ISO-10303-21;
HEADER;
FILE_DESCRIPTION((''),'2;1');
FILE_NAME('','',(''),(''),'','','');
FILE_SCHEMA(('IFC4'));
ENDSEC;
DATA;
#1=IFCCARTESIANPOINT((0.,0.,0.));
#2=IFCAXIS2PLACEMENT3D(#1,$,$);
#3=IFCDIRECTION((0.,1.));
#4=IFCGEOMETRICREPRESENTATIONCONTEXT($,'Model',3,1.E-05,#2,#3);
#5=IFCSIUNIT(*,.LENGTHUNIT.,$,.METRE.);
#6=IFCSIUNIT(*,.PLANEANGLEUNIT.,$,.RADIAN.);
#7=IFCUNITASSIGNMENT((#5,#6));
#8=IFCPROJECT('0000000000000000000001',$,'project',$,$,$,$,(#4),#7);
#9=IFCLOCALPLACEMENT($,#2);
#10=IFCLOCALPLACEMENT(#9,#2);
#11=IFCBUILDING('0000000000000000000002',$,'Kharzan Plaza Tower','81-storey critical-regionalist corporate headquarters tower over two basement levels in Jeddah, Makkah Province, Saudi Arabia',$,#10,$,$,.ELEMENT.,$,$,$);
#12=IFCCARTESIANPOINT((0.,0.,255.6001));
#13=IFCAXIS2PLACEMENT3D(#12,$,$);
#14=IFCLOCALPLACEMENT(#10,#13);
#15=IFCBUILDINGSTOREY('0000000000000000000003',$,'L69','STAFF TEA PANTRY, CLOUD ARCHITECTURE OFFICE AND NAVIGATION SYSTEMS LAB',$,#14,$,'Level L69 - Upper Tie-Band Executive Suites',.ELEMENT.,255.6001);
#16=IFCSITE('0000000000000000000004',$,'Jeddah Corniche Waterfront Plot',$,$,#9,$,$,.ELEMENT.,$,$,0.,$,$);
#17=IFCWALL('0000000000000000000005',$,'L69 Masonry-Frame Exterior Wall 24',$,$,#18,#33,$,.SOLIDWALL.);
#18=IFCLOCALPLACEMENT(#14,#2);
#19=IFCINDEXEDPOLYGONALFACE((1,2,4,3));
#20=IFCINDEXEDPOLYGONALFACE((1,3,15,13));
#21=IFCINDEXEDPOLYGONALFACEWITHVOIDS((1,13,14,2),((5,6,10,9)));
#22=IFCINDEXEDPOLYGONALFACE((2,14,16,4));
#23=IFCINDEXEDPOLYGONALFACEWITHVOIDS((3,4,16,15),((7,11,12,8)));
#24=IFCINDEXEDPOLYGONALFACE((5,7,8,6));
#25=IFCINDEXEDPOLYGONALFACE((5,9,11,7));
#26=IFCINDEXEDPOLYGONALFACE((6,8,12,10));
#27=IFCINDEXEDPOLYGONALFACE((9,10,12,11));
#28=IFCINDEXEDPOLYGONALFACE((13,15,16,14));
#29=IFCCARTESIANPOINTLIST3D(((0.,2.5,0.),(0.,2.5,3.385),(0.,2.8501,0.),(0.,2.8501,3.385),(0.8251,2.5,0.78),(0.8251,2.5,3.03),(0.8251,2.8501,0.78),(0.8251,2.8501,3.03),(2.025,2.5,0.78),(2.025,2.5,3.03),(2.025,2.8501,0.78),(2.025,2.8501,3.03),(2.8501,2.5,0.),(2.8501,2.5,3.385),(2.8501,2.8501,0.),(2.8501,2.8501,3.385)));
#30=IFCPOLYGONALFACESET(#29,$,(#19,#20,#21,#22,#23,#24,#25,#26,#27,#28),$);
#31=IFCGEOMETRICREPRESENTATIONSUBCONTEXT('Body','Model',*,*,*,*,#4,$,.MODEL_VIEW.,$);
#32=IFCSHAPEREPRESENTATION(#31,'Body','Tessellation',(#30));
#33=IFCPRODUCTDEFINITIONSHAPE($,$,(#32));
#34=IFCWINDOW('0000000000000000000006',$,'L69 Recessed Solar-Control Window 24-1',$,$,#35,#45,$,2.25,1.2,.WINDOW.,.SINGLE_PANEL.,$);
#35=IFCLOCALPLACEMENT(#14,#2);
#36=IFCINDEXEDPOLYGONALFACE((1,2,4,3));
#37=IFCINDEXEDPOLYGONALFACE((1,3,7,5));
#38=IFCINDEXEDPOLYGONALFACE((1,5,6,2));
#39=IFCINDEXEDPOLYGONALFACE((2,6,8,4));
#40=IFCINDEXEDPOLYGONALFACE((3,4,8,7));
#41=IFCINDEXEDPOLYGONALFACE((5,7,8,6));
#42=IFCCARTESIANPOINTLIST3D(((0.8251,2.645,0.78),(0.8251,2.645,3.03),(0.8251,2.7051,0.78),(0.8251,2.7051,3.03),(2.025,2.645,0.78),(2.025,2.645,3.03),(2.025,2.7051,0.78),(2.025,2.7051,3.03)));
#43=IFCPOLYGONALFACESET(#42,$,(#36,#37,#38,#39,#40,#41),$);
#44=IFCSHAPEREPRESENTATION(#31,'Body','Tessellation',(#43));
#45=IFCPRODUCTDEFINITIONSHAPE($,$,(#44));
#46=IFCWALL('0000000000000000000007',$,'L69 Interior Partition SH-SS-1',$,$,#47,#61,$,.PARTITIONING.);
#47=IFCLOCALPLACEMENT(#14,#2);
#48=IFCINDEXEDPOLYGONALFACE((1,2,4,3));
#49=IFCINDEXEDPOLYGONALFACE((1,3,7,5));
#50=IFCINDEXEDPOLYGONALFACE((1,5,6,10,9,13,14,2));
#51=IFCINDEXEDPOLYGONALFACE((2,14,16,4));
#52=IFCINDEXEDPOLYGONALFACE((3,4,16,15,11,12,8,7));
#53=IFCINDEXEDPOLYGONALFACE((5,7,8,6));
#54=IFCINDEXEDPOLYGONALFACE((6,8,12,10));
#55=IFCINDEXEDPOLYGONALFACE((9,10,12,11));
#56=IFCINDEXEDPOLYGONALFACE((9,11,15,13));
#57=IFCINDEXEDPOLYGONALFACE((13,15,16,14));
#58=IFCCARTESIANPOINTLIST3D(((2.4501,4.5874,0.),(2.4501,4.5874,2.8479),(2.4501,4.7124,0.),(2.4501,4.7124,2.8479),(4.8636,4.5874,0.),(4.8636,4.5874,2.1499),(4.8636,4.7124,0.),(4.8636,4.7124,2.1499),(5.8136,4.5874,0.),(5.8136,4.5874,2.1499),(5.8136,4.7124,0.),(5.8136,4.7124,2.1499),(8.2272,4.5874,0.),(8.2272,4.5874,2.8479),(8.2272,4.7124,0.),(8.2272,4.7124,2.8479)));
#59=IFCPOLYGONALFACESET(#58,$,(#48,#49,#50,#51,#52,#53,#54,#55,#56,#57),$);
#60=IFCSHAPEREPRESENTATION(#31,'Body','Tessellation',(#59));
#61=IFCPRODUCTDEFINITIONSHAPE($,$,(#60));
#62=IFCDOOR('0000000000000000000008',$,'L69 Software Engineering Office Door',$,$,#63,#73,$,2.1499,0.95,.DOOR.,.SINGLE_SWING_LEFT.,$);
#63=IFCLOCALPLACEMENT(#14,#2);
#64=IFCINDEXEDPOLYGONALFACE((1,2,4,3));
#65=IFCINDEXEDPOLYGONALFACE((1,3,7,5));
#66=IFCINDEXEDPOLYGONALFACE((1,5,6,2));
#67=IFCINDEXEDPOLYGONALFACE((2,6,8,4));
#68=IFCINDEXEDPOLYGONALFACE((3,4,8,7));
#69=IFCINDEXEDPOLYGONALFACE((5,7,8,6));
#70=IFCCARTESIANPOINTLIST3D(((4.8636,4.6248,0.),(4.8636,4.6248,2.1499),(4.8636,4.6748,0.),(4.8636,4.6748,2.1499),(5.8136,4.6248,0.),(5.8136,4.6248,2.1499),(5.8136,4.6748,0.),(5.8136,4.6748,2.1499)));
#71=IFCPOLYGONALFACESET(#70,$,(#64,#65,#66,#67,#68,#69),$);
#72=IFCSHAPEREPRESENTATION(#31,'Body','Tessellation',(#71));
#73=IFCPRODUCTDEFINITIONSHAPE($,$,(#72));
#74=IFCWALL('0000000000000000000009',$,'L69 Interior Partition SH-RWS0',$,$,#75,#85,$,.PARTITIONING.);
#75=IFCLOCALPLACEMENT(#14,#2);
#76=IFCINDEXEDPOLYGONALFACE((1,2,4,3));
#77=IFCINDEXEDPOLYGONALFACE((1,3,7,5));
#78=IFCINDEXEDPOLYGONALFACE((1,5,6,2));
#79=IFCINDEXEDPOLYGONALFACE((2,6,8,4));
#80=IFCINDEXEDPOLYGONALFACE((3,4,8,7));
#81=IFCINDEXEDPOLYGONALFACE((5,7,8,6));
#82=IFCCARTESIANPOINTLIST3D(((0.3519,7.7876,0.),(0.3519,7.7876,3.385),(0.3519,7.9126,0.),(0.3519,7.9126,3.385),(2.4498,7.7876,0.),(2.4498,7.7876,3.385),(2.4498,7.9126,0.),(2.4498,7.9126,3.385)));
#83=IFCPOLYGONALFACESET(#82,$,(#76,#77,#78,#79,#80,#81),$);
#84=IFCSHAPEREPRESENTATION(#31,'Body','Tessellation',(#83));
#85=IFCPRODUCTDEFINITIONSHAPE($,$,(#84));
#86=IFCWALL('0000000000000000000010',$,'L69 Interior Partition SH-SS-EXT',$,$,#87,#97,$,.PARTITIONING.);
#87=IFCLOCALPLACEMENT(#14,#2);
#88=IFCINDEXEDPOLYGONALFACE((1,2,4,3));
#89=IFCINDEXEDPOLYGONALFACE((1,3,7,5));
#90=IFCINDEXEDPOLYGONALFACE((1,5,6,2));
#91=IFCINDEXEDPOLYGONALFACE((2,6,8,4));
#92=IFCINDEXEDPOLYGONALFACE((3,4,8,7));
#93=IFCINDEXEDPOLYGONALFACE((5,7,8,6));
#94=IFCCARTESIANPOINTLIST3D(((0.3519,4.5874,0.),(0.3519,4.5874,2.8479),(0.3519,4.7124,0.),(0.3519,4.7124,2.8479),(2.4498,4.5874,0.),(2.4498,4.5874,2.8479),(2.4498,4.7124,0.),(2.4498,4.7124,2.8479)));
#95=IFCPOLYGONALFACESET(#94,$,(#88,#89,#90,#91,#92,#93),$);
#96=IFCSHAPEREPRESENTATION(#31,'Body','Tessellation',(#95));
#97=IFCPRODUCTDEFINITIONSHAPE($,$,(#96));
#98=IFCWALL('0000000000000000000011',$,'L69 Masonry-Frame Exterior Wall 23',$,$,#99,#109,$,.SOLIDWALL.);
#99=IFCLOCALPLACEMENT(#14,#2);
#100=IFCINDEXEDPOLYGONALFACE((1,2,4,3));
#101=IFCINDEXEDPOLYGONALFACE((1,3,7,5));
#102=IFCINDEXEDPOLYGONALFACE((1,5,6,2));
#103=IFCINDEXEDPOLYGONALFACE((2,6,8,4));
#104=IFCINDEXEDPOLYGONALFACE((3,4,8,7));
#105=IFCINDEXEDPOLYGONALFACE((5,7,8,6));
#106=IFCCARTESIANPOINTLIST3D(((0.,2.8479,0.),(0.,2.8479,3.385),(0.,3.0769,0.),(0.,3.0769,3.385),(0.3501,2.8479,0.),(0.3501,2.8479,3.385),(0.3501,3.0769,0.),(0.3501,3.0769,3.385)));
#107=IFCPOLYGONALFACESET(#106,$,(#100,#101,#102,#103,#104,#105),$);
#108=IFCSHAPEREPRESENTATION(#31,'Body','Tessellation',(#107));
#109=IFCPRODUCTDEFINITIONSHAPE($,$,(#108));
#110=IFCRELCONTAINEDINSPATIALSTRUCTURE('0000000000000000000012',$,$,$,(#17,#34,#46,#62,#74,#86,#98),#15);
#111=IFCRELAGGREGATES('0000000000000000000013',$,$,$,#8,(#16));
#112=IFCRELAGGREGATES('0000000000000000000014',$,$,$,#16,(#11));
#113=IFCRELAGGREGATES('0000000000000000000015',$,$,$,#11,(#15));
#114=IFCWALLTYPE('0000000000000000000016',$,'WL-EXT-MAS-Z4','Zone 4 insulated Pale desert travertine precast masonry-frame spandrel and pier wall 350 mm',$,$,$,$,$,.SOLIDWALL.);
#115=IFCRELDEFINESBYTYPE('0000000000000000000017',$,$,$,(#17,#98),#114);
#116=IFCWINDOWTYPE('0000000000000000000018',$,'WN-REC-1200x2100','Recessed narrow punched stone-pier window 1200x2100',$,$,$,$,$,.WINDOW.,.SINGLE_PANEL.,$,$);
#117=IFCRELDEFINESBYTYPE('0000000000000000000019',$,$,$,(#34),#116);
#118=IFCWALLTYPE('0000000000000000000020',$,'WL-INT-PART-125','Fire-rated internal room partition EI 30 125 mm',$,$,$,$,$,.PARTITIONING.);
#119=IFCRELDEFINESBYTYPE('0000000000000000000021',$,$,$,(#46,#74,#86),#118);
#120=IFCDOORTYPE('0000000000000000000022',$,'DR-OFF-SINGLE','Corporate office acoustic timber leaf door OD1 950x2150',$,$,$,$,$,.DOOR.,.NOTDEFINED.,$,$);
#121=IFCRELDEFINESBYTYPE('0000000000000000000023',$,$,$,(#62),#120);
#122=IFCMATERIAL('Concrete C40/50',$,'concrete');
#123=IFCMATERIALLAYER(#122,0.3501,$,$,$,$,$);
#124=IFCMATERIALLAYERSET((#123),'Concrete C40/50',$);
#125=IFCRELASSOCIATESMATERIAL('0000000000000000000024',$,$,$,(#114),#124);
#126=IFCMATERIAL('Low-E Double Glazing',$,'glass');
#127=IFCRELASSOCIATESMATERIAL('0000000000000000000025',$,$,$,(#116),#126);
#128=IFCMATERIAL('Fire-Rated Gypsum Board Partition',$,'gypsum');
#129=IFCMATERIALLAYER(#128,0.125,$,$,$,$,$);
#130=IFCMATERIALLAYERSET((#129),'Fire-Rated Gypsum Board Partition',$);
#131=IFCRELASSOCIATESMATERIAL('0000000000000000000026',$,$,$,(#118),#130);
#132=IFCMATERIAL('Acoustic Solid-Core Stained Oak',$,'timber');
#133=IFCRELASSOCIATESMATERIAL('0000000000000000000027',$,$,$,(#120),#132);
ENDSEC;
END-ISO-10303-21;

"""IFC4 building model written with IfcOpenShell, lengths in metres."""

from ifc_helpers import new_model, si_unit, direction, frame, frame_2d, origin, place, context, subcontext, project, spatial, rectangle, extrude, source, transform, mapped, material, layer, layer_set, type_object, element, fill, save


model = new_model("IFC4")

# Units and contexts
model_context = context("Model", 3, precision=1e-05, world=origin(), true_north=direction((0.0, 1.0)))
body_context = subcontext(model_context, "Body", "Model", "MODEL_VIEW")
ifc_project = project(units=[si_unit("LENGTHUNIT", "METRE"), si_unit("PLANEANGLEUNIT", "RADIAN")], contexts=[model_context])

# Site, building, storey
site_placement = place(None, origin())
site = spatial("IfcSite", under=ifc_project, at=site_placement, Name="Jeddah Corniche Waterfront Plot", CompositionType="ELEMENT", RefElevation=0.0)
building_placement = place(site_placement, origin())
building = spatial("IfcBuilding", under=site, at=building_placement, Name="Kharzan Plaza Tower", Description="81-storey critical-regionalist corporate headquarters tower over two basement levels in Jeddah, Makkah Province, Saudi Arabia", CompositionType="ELEMENT")
storey_placement = place(building_placement, frame((0.0, 0.0, 255.6001)))
storey = spatial("IfcBuildingStorey", under=building, at=storey_placement, Name="L69", Description="STAFF TEA PANTRY, CLOUD ARCHITECTURE OFFICE AND NAVIGATION SYSTEMS LAB", LongName="Level L69 - Upper Tie-Band Executive Suites", CompositionType="ELEMENT", Elevation=255.6001)

# Shared definitions
ifc_material_1 = material(Name="Concrete C40/50", Category="concrete")

# Wall, opening, window
ifc_layer_1 = layer(ifc_material_1, 0.3501)
ifc_layer_set_1 = layer_set([ifc_layer_1], Name="Concrete C40/50")
wall_type_1 = type_object("IfcWallType", Name="WL-EXT-MAS-Z4", Description="Zone 4 insulated Pale desert travertine precast masonry-frame spandrel and pier wall 350 mm", PredefinedType="SOLIDWALL", material=ifc_layer_set_1)
ifc_material_2 = material(Name="Low-E Double Glazing", Category="glass")
wall_1_placement = place(storey_placement, frame((0.0, 2.675, 0.0), z_axis=(0.0, 0.0, 1.0), x_axis=(1.0, 0.0, 0.0)))
wall_1 = element("IfcWall", 1, at=wall_1_placement, inside=storey, type_object=wall_type_1, Name="L69 Masonry-Frame Exterior Wall 24", PredefinedType="SOLIDWALL", context=body_context, shape_type="SweptSolid", body=[
    extrude(rectangle(XDim=2.8501, YDim=0.3501, at=frame_2d((1.425, 0.0))), origin(), (0.0, 0.0, 1.0), 3.385),
])
opening_1_placement = place(wall_1_placement, frame((0.825, 0.0, 0.78)))
opening_1 = element("IfcOpeningElement", 2, at=opening_1_placement, cuts=wall_1, PredefinedType="OPENING", context=body_context, shape_type="SweptSolid", body=[
    extrude(rectangle(XDim=1.2, YDim=2.25, at=frame_2d((0.6001, 1.125))), frame((0.0, 0.1851, 0.0), z_axis=(0.0, -1.0, 0.0), x_axis=(1.0, 0.0, 0.0)), (0.0, 0.0, 1.0), 0.3701),
])
window_type_1 = type_object("IfcWindowType", Name="WN-REC-1200x2100", Description="Recessed narrow punched stone-pier window 1200x2100", PartitioningType="SINGLE_PANEL", PredefinedType="WINDOW", material=ifc_material_2)
shared_shape_1 = source(origin(), body_context, "Body", "SweptSolid", [
    extrude(rectangle(XDim=1.2, YDim=2.25, at=frame_2d((0.6001, 1.125))), frame((0.0, 0.03, 0.0), z_axis=(0.0, -1.0, 0.0), x_axis=(1.0, 0.0, 0.0)), (0.0, 0.0, 1.0), 0.0601),
])
window_1_placement = place(opening_1_placement, origin())
window_1 = element("IfcWindow", 3, at=window_1_placement, inside=storey, type_object=window_type_1, Name="L69 Recessed Solar-Control Window 24-1", OverallHeight=2.25, OverallWidth=1.2, PartitioningType="SINGLE_PANEL", PredefinedType="WINDOW", context=body_context, shape_type="MappedRepresentation", body=[
    mapped(shared_shape_1, transform((0.0, 0.0, 0.0), x_axis=(1.0, 0.0, 0.0), y_axis=(0.0, 1.0, 0.0), z_axis=(0.0, 0.0, 1.0))),
])
fill(opening_1, window_1)

# Wall, opening, door
ifc_material_3 = material(Name="Fire-Rated Gypsum Board Partition", Category="gypsum")
ifc_layer_2 = layer(ifc_material_3, 0.125)
ifc_layer_set_2 = layer_set([ifc_layer_2], Name="Fire-Rated Gypsum Board Partition")
wall_type_2 = type_object("IfcWallType", Name="WL-INT-PART-125", Description="Fire-rated internal room partition EI 30 125 mm", PredefinedType="PARTITIONING", material=ifc_layer_set_2)
wall_2_placement = place(storey_placement, frame((2.45, 4.6499, 0.0), z_axis=(0.0, 0.0, 1.0), x_axis=(1.0, 0.0, 0.0)))
wall_2 = element("IfcWall", 4, at=wall_2_placement, inside=storey, type_object=wall_type_2, Name="L69 Interior Partition SH-SS-1", PredefinedType="PARTITIONING", context=body_context, shape_type="SweptSolid", body=[
    extrude(rectangle(XDim=5.7771, YDim=0.125, at=frame_2d((2.8887, 0.0))), origin(), (0.0, 0.0, 1.0), 2.8479),
])
opening_2_placement = place(wall_2_placement, frame((2.4136, 0.0, 0.0)))
opening_2 = element("IfcOpeningElement", 5, at=opening_2_placement, cuts=wall_2, PredefinedType="OPENING", context=body_context, shape_type="SweptSolid", body=[
    extrude(rectangle(XDim=0.95, YDim=2.1499, at=frame_2d((0.4751, 1.075))), frame((0.0, 0.0725, 0.0), z_axis=(0.0, -1.0, 0.0), x_axis=(1.0, 0.0, 0.0)), (0.0, 0.0, 1.0), 0.145),
])
ifc_material_4 = material(Name="Acoustic Solid-Core Stained Oak", Category="timber")
door_type = type_object("IfcDoorType", Name="DR-OFF-SINGLE", Description="Corporate office acoustic timber leaf door OD1 950x2150", OperationType="NOTDEFINED", PredefinedType="DOOR", material=ifc_material_4)
shared_shape_2 = source(origin(), body_context, "Body", "SweptSolid", [
    extrude(rectangle(XDim=0.95, YDim=2.1499, at=frame_2d((0.4751, 1.075))), frame((0.0, 0.0249, 0.0), z_axis=(0.0, -1.0, 0.0), x_axis=(1.0, 0.0, 0.0)), (0.0, 0.0, 1.0), 0.05),
])
door_placement = place(opening_2_placement, origin())
door = element("IfcDoor", 6, at=door_placement, inside=storey, type_object=door_type, Name="L69 Software Engineering Office Door", OperationType="SINGLE_SWING_LEFT", OverallHeight=2.1499, OverallWidth=0.95, PredefinedType="DOOR", context=body_context, shape_type="MappedRepresentation", body=[
    mapped(shared_shape_2, transform((0.0, 0.0, 0.0), x_axis=(1.0, 0.0, 0.0), y_axis=(0.0, 1.0, 0.0), z_axis=(0.0, 0.0, 1.0))),
])
fill(opening_2, door)

# Walls
shared_shape_3 = source(origin(), body_context, "Body", "SweptSolid", [
    extrude(rectangle(XDim=2.0979, YDim=0.125, at=frame_2d((1.0488, 0.0))), origin(), (0.0, 0.0, 1.0), 3.385),
])
wall_3_placement = place(storey_placement, frame((0.3521, 7.8501, 0.0), z_axis=(0.0, 0.0, 1.0), x_axis=(1.0, 0.0, 0.0)))
element("IfcWall", 7, at=wall_3_placement, inside=storey, type_object=wall_type_2, Name="L69 Interior Partition SH-RWS0", PredefinedType="PARTITIONING", context=body_context, shape_type="MappedRepresentation", body=[
    mapped(shared_shape_3, transform((0.0, 0.0, 0.0), x_axis=(1.0, 0.0, 0.0), y_axis=(0.0, 1.0, 0.0), z_axis=(0.0, 0.0, 1.0))),
])
shared_shape_4 = source(origin(), body_context, "Body", "SweptSolid", [
    extrude(rectangle(XDim=2.0979, YDim=0.125, at=frame_2d((1.0488, 0.0))), origin(), (0.0, 0.0, 1.0), 2.8479),
])
wall_4_placement = place(storey_placement, frame((0.3521, 4.6499, 0.0), z_axis=(0.0, 0.0, 1.0), x_axis=(1.0, 0.0, 0.0)))
element("IfcWall", 8, at=wall_4_placement, inside=storey, type_object=wall_type_2, Name="L69 Interior Partition SH-SS-EXT", PredefinedType="PARTITIONING", context=body_context, shape_type="MappedRepresentation", body=[
    mapped(shared_shape_4, transform((0.0, 0.0, 0.0), x_axis=(1.0, 0.0, 0.0), y_axis=(0.0, 1.0, 0.0), z_axis=(0.0, 0.0, 1.0))),
])
shared_shape_5 = source(origin(), body_context, "Body", "SweptSolid", [
    extrude(rectangle(XDim=0.229, YDim=0.3501, at=frame_2d((0.1145, 0.0))), origin(), (0.0, 0.0, 1.0), 3.385),
])
wall_5_placement = place(storey_placement, frame((0.175, 3.0769, 0.0), z_axis=(0.0, 0.0, 1.0), x_axis=(0.0, -1.0, 0.0)))
element("IfcWall", 9, at=wall_5_placement, inside=storey, type_object=wall_type_1, Name="L69 Masonry-Frame Exterior Wall 23", PredefinedType="SOLIDWALL", context=body_context, shape_type="MappedRepresentation", body=[
    mapped(shared_shape_5, transform((0.0, 0.0, 0.0), x_axis=(1.0, 0.0, 0.0), y_axis=(0.0, 1.0, 0.0), z_axis=(0.0, 0.0, 1.0))),
])

save(model, "model.ifc")
